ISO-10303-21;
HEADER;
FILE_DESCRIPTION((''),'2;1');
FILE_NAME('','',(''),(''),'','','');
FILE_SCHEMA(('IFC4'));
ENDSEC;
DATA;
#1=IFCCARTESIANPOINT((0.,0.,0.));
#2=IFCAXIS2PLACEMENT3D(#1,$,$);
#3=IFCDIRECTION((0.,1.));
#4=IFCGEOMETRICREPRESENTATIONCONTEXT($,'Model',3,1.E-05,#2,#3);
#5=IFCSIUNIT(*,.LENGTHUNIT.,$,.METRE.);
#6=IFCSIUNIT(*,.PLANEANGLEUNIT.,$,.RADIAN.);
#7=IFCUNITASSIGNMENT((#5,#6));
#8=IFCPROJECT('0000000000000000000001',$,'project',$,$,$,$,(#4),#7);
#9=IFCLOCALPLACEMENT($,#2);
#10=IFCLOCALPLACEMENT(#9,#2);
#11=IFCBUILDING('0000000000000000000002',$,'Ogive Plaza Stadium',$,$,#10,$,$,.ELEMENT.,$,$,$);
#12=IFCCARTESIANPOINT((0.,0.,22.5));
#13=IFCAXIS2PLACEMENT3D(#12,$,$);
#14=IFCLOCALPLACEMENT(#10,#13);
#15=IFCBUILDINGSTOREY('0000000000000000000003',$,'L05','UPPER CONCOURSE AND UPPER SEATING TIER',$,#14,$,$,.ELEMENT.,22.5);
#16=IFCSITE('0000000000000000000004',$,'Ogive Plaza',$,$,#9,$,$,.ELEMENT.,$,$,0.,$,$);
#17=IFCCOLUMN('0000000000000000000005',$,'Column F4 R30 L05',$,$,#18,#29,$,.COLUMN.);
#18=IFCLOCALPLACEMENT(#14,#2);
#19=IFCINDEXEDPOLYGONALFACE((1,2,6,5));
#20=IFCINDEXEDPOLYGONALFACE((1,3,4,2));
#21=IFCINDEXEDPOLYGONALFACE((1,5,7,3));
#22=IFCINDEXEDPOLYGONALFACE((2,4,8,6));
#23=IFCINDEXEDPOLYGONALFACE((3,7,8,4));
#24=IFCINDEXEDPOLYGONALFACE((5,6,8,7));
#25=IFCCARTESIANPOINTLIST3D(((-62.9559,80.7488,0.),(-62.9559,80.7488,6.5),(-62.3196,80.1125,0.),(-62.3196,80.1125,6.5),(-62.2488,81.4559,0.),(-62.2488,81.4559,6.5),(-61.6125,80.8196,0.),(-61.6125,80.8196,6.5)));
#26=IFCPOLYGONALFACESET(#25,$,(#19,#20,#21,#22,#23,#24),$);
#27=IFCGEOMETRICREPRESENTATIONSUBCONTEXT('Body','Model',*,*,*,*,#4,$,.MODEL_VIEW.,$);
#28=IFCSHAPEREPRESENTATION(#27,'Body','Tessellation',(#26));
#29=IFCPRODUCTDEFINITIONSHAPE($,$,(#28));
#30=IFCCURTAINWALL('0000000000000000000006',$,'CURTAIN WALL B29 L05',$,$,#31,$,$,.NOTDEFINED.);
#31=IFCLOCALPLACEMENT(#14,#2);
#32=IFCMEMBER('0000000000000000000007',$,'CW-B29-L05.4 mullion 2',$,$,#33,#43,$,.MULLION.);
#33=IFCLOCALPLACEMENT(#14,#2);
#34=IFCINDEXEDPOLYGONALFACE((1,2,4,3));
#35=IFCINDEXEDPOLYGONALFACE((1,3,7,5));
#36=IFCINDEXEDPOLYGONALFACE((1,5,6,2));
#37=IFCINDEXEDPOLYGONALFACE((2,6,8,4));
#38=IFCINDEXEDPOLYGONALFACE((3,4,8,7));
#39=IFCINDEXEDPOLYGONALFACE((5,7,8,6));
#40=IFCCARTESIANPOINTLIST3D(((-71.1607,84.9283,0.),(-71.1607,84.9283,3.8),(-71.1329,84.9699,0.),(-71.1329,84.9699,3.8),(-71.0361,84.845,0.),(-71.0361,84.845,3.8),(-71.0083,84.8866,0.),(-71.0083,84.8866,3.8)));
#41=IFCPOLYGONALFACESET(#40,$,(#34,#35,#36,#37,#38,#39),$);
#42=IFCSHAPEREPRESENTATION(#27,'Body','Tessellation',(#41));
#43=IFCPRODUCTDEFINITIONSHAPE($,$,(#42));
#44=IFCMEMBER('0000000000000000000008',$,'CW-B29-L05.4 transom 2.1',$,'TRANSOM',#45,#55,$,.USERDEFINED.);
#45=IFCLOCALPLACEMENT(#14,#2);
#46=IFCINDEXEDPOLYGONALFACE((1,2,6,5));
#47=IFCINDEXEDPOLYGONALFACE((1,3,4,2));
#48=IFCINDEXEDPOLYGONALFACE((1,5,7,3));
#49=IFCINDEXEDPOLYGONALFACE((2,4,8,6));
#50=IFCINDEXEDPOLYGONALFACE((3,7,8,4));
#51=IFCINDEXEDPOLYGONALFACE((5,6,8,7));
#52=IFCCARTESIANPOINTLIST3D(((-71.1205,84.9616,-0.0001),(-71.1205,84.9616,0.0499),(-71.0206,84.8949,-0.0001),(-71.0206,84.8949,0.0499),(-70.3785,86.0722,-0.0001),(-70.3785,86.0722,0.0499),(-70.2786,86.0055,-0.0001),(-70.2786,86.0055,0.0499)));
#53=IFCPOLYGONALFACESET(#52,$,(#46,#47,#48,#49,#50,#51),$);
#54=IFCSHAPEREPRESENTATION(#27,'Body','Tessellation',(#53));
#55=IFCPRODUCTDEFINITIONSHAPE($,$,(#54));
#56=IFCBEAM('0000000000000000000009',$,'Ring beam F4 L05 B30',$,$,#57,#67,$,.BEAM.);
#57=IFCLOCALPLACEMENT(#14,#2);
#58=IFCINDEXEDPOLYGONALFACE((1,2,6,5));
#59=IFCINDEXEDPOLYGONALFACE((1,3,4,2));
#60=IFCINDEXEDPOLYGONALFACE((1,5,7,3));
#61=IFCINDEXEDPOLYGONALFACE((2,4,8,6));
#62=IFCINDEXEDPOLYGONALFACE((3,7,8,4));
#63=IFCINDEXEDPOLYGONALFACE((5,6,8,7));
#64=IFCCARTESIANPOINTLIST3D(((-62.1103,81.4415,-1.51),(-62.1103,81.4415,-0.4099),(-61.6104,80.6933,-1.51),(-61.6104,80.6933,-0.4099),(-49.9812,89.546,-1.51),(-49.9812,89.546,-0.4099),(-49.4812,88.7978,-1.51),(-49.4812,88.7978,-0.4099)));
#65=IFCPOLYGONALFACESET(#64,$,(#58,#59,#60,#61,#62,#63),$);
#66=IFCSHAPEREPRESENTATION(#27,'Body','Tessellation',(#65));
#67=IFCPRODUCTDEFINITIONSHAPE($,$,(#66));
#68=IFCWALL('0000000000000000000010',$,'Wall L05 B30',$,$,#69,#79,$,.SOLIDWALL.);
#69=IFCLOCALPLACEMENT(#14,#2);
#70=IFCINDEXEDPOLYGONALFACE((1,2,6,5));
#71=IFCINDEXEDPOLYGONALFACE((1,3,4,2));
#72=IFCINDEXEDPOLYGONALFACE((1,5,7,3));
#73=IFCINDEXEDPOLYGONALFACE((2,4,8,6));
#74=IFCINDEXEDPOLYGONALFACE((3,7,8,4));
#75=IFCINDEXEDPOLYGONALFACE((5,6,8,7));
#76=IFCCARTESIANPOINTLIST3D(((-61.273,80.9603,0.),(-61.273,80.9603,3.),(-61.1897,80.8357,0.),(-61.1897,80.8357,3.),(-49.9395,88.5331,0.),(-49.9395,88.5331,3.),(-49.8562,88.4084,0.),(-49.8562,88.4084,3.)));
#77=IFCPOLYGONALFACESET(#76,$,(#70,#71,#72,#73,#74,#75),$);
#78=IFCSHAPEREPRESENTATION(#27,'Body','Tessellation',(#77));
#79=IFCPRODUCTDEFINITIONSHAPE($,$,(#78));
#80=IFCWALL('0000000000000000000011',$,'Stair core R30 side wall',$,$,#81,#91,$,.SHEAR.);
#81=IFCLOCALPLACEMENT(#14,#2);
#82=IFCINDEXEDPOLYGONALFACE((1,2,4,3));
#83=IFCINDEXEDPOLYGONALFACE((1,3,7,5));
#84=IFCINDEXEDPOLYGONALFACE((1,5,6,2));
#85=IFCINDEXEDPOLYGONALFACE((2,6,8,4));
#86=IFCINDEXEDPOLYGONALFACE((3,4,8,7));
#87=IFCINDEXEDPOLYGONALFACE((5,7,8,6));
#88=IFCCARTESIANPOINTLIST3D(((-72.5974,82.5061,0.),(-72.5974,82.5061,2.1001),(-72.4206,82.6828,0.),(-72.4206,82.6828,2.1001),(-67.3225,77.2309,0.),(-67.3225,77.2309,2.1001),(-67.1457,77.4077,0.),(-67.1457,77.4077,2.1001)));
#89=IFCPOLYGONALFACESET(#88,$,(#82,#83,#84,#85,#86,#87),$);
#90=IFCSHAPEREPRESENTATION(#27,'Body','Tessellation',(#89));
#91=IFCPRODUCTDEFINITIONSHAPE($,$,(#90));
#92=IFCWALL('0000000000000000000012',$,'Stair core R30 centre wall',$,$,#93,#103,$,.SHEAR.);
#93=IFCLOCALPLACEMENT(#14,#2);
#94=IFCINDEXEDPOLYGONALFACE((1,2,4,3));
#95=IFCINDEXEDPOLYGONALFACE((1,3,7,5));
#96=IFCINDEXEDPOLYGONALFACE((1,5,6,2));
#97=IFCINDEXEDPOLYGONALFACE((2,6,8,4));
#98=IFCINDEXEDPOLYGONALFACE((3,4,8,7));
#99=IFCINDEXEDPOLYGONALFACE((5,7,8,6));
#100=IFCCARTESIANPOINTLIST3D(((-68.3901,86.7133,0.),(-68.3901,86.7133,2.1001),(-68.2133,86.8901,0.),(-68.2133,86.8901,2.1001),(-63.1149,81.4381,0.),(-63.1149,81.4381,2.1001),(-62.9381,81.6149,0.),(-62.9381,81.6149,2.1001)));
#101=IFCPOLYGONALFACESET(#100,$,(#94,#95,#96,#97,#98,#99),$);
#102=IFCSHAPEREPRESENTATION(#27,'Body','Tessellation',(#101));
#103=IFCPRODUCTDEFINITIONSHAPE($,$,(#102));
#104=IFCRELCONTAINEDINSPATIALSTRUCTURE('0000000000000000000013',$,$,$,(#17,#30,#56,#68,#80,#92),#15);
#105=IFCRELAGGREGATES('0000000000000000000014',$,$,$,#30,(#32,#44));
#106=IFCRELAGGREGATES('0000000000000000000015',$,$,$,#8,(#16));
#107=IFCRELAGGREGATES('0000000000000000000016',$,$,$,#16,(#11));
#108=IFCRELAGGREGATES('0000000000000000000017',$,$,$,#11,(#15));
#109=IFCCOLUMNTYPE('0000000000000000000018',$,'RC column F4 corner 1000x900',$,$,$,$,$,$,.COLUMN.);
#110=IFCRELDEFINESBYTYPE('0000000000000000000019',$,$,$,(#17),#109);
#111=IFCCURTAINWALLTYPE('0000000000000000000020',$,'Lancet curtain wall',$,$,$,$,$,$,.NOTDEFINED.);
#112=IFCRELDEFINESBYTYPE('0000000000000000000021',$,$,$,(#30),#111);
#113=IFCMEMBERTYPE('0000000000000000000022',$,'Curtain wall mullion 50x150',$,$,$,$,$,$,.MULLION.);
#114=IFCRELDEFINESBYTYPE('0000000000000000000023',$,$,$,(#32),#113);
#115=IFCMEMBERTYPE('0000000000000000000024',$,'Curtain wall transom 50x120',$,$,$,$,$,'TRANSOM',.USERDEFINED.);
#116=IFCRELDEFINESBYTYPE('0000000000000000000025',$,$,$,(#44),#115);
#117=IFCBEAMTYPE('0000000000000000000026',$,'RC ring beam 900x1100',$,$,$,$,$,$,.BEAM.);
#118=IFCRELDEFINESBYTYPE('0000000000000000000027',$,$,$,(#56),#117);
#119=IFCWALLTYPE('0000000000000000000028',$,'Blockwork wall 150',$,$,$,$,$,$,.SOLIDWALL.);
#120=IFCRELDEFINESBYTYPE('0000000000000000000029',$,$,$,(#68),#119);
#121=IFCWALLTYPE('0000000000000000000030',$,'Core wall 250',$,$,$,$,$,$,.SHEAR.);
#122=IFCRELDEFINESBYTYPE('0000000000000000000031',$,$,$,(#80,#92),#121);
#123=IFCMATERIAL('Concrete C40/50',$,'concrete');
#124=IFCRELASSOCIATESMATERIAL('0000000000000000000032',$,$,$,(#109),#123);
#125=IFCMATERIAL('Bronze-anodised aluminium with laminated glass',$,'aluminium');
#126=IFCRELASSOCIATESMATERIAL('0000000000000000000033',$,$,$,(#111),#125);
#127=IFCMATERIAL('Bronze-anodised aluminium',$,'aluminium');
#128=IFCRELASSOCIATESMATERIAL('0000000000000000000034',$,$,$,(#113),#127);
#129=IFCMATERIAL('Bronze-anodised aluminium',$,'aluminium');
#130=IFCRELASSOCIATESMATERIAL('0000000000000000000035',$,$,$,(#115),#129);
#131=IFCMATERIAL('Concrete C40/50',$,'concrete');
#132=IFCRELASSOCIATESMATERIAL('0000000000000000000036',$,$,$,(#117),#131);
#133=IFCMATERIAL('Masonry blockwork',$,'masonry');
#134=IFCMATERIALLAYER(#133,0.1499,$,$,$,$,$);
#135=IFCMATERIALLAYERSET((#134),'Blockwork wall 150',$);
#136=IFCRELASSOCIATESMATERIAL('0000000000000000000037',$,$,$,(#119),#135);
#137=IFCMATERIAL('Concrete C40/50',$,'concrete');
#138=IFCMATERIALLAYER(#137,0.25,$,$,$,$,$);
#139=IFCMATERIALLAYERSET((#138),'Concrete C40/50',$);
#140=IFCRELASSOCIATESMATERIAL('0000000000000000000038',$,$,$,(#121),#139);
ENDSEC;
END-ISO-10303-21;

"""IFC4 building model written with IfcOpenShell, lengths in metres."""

from ifc_helpers import new_model, si_unit, direction, frame, frame_2d, origin, origin_2d, place, context, subcontext, project, spatial, rectangle, extrude, material, layer, layer_set, material_profile, profile_set, type_object, element, aggregate, save


model = new_model("IFC4")

# Units and contexts
model_context = context("Model", 3, precision=1e-05, world=origin(), true_north=direction((0.0, 1.0)))
body_context = subcontext(model_context, "Body", "Model", "MODEL_VIEW")
ifc_project = project(units=[si_unit("LENGTHUNIT", "METRE"), si_unit("PLANEANGLEUNIT", "RADIAN")], contexts=[model_context])

# Site, building, storey
site_placement = place(None, origin())
site = spatial("IfcSite", under=ifc_project, at=site_placement, Name="Ogive Plaza", CompositionType="ELEMENT", RefElevation=0.0)
building_placement = place(site_placement, origin())
building = spatial("IfcBuilding", under=site, at=building_placement, Name="Ogive Plaza Stadium", CompositionType="ELEMENT")
storey_placement = place(building_placement, frame((0.0, 0.0, 22.5)))
storey = spatial("IfcBuildingStorey", under=building, at=storey_placement, Name="L05", Description="UPPER CONCOURSE AND UPPER SEATING TIER", CompositionType="ELEMENT", Elevation=22.5)

# Column
ifc_material_1 = material(Name="Concrete C40/50", Category="concrete")
ifc_material_profile_1 = material_profile(ifc_material_1, rectangle(XDim=1.0, YDim=0.8999, at=origin_2d()), Name="RC 1000x900")
ifc_profile_set_1 = profile_set([ifc_material_profile_1], Name="Concrete C40/50")
column_type = type_object("IfcColumnType", Name="RC column F4 corner 1000x900", PredefinedType="COLUMN", material=ifc_profile_set_1)
column_placement = place(storey_placement, frame((-62.2842, 80.7842, 0.0), z_axis=(0.0, 0.0, 1.0), x_axis=(-0.707107, -0.707107, 0.0)))
element("IfcColumn", 1, at=column_placement, inside=storey, type_object=column_type, Name="Column F4 R30 L05", PredefinedType="COLUMN", context=body_context, shape_type="SweptSolid", body=[
    extrude(rectangle(XDim=1.0, YDim=0.8999, at=origin_2d()), origin(), (0.0, 0.0, 1.0), 6.5),
])

# Curtain wall, members
ifc_material_2 = material(Name="Bronze-anodised aluminium with laminated glass", Category="aluminium")
curtain_wall_type = type_object("IfcCurtainWallType", Name="Lancet curtain wall", PredefinedType="NOTDEFINED", material=ifc_material_2)
curtain_wall_placement = place(storey_placement, origin())
curtain_wall = element("IfcCurtainWall", 2, at=curtain_wall_placement, inside=storey, type_object=curtain_wall_type, Name="CURTAIN WALL B29 L05", PredefinedType="NOTDEFINED")
ifc_material_3 = material(Name="Bronze-anodised aluminium", Category="aluminium")
ifc_material_profile_2 = material_profile(ifc_material_3, rectangle(XDim=0.1499, YDim=0.05, at=origin_2d()), Name="AL 150x50")
ifc_profile_set_2 = profile_set([ifc_material_profile_2], Name="Bronze-anodised aluminium")
member_type_1 = type_object("IfcMemberType", Name="Curtain wall mullion 50x150", PredefinedType="MULLION", material=ifc_profile_set_2)
member_1_placement = place(storey_placement, frame((-71.0845, 84.9075, 0.0), z_axis=(0.0, 0.0, 1.0), x_axis=(-0.83147, 0.55557, 0.0)))
member_1 = element("IfcMember", 3, at=member_1_placement, type_object=member_type_1, Name="CW-B29-L05.4 mullion 2", PredefinedType="MULLION", context=body_context, shape_type="SweptSolid", body=[
    extrude(rectangle(XDim=0.1499, YDim=0.05, at=origin_2d()), origin(), (0.0, 0.0, 1.0), 3.8),
])
ifc_material_4 = material(Name="Bronze-anodised aluminium", Category="aluminium")
ifc_material_profile_3 = material_profile(ifc_material_4, rectangle(XDim=0.1201, YDim=0.05, at=origin_2d()), Name="AL 120x50")
ifc_profile_set_3 = profile_set([ifc_material_profile_3], Name="Bronze-anodised aluminium")
member_type_2 = type_object("IfcMemberType", Name="Curtain wall transom 50x120", ElementType="TRANSOM", PredefinedType="USERDEFINED", material=ifc_profile_set_3)
member_2_placement = place(storey_placement, frame((-71.0706, 84.9282, 0.0249), z_axis=(0.555501, 0.831516, 0.0), x_axis=(-0.831516, 0.555501, 0.0)))
member_2 = element("IfcMember", 4, at=member_2_placement, type_object=member_type_2, Name="CW-B29-L05.4 transom 2.1", ObjectType="TRANSOM", PredefinedType="USERDEFINED", context=body_context, shape_type="SweptSolid", body=[
    extrude(rectangle(XDim=0.1201, YDim=0.05, at=origin_2d()), origin(), (0.0, 0.0, 1.0), 1.3357),
])
aggregate(curtain_wall, [member_1, member_2])

# Beam
ifc_material_5 = material(Name="Concrete C40/50", Category="concrete")
ifc_material_profile_4 = material_profile(ifc_material_5, rectangle(XDim=0.8999, YDim=1.1001, at=origin_2d()), Name="RC 900x1100")
ifc_profile_set_4 = profile_set([ifc_material_profile_4], Name="Concrete C40/50")
beam_type = type_object("IfcBeamType", Name="RC ring beam 900x1100", PredefinedType="BEAM", material=ifc_profile_set_4)
beam_placement = place(storey_placement, frame((-61.8604, 81.0674, -0.96), z_axis=(0.831468, 0.555573, 0.0), x_axis=(-0.555573, 0.831468, 0.0)))
element("IfcBeam", 5, at=beam_placement, inside=storey, type_object=beam_type, Name="Ring beam F4 L05 B30", PredefinedType="BEAM", context=body_context, shape_type="SweptSolid", body=[
    extrude(rectangle(XDim=0.8999, YDim=1.1001, at=origin_2d()), origin(), (0.0, 0.0, 1.0), 14.5876),
])

# Walls
ifc_material_6 = material(Name="Masonry blockwork", Category="masonry")
ifc_layer_1 = layer(ifc_material_6, 0.1499)
ifc_layer_set_1 = layer_set([ifc_layer_1], Name="Blockwork wall 150")
wall_type_1 = type_object("IfcWallType", Name="Blockwork wall 150", PredefinedType="SOLIDWALL", material=ifc_layer_set_1)
wall_1_placement = place(storey_placement, frame((-61.2314, 80.8979, 0.0), z_axis=(0.0, 0.0, 1.0), x_axis=(0.831471, 0.555568, 0.0)))
element("IfcWall", 6, at=wall_1_placement, inside=storey, type_object=wall_type_1, Name="Wall L05 B30", PredefinedType="SOLIDWALL", context=body_context, shape_type="SweptSolid", body=[
    extrude(rectangle(XDim=13.6306, YDim=0.1499, at=frame_2d((6.8154, 0.0))), origin(), (0.0, 0.0, 1.0), 3.0),
])
ifc_material_7 = material(Name="Concrete C40/50", Category="concrete")
ifc_layer_2 = layer(ifc_material_7, 0.25)
ifc_layer_set_2 = layer_set([ifc_layer_2], Name="Concrete C40/50")
wall_type_2 = type_object("IfcWallType", Name="Core wall 250", PredefinedType="SHEAR", material=ifc_layer_set_2)
wall_2_placement = place(storey_placement, frame((-67.2341, 77.3193, 0.0), z_axis=(0.0, 0.0, 1.0), x_axis=(-0.70709, 0.707123, 0.0)))
element("IfcWall", 7, at=wall_2_placement, inside=storey, type_object=wall_type_2, Name="Stair core R30 side wall", PredefinedType="SHEAR", context=body_context, shape_type="SweptSolid", body=[
    extrude(rectangle(XDim=7.46, YDim=0.25, at=frame_2d((3.73, 0.0))), origin(), (0.0, 0.0, 1.0), 2.1001),
])
wall_3_placement = place(storey_placement, frame((-63.0266, 81.5266, 0.0), z_axis=(0.0, 0.0, 1.0), x_axis=(-0.707107, 0.707107, 0.0)))
element("IfcWall", 8, at=wall_3_placement, inside=storey, type_object=wall_type_2, Name="Stair core R30 centre wall", PredefinedType="SHEAR", context=body_context, shape_type="SweptSolid", body=[
    extrude(rectangle(XDim=7.4602, YDim=0.25, at=frame_2d((3.73, 0.0))), origin(), (0.0, 0.0, 1.0), 2.1001),
])

save(model, "model.ifc")
